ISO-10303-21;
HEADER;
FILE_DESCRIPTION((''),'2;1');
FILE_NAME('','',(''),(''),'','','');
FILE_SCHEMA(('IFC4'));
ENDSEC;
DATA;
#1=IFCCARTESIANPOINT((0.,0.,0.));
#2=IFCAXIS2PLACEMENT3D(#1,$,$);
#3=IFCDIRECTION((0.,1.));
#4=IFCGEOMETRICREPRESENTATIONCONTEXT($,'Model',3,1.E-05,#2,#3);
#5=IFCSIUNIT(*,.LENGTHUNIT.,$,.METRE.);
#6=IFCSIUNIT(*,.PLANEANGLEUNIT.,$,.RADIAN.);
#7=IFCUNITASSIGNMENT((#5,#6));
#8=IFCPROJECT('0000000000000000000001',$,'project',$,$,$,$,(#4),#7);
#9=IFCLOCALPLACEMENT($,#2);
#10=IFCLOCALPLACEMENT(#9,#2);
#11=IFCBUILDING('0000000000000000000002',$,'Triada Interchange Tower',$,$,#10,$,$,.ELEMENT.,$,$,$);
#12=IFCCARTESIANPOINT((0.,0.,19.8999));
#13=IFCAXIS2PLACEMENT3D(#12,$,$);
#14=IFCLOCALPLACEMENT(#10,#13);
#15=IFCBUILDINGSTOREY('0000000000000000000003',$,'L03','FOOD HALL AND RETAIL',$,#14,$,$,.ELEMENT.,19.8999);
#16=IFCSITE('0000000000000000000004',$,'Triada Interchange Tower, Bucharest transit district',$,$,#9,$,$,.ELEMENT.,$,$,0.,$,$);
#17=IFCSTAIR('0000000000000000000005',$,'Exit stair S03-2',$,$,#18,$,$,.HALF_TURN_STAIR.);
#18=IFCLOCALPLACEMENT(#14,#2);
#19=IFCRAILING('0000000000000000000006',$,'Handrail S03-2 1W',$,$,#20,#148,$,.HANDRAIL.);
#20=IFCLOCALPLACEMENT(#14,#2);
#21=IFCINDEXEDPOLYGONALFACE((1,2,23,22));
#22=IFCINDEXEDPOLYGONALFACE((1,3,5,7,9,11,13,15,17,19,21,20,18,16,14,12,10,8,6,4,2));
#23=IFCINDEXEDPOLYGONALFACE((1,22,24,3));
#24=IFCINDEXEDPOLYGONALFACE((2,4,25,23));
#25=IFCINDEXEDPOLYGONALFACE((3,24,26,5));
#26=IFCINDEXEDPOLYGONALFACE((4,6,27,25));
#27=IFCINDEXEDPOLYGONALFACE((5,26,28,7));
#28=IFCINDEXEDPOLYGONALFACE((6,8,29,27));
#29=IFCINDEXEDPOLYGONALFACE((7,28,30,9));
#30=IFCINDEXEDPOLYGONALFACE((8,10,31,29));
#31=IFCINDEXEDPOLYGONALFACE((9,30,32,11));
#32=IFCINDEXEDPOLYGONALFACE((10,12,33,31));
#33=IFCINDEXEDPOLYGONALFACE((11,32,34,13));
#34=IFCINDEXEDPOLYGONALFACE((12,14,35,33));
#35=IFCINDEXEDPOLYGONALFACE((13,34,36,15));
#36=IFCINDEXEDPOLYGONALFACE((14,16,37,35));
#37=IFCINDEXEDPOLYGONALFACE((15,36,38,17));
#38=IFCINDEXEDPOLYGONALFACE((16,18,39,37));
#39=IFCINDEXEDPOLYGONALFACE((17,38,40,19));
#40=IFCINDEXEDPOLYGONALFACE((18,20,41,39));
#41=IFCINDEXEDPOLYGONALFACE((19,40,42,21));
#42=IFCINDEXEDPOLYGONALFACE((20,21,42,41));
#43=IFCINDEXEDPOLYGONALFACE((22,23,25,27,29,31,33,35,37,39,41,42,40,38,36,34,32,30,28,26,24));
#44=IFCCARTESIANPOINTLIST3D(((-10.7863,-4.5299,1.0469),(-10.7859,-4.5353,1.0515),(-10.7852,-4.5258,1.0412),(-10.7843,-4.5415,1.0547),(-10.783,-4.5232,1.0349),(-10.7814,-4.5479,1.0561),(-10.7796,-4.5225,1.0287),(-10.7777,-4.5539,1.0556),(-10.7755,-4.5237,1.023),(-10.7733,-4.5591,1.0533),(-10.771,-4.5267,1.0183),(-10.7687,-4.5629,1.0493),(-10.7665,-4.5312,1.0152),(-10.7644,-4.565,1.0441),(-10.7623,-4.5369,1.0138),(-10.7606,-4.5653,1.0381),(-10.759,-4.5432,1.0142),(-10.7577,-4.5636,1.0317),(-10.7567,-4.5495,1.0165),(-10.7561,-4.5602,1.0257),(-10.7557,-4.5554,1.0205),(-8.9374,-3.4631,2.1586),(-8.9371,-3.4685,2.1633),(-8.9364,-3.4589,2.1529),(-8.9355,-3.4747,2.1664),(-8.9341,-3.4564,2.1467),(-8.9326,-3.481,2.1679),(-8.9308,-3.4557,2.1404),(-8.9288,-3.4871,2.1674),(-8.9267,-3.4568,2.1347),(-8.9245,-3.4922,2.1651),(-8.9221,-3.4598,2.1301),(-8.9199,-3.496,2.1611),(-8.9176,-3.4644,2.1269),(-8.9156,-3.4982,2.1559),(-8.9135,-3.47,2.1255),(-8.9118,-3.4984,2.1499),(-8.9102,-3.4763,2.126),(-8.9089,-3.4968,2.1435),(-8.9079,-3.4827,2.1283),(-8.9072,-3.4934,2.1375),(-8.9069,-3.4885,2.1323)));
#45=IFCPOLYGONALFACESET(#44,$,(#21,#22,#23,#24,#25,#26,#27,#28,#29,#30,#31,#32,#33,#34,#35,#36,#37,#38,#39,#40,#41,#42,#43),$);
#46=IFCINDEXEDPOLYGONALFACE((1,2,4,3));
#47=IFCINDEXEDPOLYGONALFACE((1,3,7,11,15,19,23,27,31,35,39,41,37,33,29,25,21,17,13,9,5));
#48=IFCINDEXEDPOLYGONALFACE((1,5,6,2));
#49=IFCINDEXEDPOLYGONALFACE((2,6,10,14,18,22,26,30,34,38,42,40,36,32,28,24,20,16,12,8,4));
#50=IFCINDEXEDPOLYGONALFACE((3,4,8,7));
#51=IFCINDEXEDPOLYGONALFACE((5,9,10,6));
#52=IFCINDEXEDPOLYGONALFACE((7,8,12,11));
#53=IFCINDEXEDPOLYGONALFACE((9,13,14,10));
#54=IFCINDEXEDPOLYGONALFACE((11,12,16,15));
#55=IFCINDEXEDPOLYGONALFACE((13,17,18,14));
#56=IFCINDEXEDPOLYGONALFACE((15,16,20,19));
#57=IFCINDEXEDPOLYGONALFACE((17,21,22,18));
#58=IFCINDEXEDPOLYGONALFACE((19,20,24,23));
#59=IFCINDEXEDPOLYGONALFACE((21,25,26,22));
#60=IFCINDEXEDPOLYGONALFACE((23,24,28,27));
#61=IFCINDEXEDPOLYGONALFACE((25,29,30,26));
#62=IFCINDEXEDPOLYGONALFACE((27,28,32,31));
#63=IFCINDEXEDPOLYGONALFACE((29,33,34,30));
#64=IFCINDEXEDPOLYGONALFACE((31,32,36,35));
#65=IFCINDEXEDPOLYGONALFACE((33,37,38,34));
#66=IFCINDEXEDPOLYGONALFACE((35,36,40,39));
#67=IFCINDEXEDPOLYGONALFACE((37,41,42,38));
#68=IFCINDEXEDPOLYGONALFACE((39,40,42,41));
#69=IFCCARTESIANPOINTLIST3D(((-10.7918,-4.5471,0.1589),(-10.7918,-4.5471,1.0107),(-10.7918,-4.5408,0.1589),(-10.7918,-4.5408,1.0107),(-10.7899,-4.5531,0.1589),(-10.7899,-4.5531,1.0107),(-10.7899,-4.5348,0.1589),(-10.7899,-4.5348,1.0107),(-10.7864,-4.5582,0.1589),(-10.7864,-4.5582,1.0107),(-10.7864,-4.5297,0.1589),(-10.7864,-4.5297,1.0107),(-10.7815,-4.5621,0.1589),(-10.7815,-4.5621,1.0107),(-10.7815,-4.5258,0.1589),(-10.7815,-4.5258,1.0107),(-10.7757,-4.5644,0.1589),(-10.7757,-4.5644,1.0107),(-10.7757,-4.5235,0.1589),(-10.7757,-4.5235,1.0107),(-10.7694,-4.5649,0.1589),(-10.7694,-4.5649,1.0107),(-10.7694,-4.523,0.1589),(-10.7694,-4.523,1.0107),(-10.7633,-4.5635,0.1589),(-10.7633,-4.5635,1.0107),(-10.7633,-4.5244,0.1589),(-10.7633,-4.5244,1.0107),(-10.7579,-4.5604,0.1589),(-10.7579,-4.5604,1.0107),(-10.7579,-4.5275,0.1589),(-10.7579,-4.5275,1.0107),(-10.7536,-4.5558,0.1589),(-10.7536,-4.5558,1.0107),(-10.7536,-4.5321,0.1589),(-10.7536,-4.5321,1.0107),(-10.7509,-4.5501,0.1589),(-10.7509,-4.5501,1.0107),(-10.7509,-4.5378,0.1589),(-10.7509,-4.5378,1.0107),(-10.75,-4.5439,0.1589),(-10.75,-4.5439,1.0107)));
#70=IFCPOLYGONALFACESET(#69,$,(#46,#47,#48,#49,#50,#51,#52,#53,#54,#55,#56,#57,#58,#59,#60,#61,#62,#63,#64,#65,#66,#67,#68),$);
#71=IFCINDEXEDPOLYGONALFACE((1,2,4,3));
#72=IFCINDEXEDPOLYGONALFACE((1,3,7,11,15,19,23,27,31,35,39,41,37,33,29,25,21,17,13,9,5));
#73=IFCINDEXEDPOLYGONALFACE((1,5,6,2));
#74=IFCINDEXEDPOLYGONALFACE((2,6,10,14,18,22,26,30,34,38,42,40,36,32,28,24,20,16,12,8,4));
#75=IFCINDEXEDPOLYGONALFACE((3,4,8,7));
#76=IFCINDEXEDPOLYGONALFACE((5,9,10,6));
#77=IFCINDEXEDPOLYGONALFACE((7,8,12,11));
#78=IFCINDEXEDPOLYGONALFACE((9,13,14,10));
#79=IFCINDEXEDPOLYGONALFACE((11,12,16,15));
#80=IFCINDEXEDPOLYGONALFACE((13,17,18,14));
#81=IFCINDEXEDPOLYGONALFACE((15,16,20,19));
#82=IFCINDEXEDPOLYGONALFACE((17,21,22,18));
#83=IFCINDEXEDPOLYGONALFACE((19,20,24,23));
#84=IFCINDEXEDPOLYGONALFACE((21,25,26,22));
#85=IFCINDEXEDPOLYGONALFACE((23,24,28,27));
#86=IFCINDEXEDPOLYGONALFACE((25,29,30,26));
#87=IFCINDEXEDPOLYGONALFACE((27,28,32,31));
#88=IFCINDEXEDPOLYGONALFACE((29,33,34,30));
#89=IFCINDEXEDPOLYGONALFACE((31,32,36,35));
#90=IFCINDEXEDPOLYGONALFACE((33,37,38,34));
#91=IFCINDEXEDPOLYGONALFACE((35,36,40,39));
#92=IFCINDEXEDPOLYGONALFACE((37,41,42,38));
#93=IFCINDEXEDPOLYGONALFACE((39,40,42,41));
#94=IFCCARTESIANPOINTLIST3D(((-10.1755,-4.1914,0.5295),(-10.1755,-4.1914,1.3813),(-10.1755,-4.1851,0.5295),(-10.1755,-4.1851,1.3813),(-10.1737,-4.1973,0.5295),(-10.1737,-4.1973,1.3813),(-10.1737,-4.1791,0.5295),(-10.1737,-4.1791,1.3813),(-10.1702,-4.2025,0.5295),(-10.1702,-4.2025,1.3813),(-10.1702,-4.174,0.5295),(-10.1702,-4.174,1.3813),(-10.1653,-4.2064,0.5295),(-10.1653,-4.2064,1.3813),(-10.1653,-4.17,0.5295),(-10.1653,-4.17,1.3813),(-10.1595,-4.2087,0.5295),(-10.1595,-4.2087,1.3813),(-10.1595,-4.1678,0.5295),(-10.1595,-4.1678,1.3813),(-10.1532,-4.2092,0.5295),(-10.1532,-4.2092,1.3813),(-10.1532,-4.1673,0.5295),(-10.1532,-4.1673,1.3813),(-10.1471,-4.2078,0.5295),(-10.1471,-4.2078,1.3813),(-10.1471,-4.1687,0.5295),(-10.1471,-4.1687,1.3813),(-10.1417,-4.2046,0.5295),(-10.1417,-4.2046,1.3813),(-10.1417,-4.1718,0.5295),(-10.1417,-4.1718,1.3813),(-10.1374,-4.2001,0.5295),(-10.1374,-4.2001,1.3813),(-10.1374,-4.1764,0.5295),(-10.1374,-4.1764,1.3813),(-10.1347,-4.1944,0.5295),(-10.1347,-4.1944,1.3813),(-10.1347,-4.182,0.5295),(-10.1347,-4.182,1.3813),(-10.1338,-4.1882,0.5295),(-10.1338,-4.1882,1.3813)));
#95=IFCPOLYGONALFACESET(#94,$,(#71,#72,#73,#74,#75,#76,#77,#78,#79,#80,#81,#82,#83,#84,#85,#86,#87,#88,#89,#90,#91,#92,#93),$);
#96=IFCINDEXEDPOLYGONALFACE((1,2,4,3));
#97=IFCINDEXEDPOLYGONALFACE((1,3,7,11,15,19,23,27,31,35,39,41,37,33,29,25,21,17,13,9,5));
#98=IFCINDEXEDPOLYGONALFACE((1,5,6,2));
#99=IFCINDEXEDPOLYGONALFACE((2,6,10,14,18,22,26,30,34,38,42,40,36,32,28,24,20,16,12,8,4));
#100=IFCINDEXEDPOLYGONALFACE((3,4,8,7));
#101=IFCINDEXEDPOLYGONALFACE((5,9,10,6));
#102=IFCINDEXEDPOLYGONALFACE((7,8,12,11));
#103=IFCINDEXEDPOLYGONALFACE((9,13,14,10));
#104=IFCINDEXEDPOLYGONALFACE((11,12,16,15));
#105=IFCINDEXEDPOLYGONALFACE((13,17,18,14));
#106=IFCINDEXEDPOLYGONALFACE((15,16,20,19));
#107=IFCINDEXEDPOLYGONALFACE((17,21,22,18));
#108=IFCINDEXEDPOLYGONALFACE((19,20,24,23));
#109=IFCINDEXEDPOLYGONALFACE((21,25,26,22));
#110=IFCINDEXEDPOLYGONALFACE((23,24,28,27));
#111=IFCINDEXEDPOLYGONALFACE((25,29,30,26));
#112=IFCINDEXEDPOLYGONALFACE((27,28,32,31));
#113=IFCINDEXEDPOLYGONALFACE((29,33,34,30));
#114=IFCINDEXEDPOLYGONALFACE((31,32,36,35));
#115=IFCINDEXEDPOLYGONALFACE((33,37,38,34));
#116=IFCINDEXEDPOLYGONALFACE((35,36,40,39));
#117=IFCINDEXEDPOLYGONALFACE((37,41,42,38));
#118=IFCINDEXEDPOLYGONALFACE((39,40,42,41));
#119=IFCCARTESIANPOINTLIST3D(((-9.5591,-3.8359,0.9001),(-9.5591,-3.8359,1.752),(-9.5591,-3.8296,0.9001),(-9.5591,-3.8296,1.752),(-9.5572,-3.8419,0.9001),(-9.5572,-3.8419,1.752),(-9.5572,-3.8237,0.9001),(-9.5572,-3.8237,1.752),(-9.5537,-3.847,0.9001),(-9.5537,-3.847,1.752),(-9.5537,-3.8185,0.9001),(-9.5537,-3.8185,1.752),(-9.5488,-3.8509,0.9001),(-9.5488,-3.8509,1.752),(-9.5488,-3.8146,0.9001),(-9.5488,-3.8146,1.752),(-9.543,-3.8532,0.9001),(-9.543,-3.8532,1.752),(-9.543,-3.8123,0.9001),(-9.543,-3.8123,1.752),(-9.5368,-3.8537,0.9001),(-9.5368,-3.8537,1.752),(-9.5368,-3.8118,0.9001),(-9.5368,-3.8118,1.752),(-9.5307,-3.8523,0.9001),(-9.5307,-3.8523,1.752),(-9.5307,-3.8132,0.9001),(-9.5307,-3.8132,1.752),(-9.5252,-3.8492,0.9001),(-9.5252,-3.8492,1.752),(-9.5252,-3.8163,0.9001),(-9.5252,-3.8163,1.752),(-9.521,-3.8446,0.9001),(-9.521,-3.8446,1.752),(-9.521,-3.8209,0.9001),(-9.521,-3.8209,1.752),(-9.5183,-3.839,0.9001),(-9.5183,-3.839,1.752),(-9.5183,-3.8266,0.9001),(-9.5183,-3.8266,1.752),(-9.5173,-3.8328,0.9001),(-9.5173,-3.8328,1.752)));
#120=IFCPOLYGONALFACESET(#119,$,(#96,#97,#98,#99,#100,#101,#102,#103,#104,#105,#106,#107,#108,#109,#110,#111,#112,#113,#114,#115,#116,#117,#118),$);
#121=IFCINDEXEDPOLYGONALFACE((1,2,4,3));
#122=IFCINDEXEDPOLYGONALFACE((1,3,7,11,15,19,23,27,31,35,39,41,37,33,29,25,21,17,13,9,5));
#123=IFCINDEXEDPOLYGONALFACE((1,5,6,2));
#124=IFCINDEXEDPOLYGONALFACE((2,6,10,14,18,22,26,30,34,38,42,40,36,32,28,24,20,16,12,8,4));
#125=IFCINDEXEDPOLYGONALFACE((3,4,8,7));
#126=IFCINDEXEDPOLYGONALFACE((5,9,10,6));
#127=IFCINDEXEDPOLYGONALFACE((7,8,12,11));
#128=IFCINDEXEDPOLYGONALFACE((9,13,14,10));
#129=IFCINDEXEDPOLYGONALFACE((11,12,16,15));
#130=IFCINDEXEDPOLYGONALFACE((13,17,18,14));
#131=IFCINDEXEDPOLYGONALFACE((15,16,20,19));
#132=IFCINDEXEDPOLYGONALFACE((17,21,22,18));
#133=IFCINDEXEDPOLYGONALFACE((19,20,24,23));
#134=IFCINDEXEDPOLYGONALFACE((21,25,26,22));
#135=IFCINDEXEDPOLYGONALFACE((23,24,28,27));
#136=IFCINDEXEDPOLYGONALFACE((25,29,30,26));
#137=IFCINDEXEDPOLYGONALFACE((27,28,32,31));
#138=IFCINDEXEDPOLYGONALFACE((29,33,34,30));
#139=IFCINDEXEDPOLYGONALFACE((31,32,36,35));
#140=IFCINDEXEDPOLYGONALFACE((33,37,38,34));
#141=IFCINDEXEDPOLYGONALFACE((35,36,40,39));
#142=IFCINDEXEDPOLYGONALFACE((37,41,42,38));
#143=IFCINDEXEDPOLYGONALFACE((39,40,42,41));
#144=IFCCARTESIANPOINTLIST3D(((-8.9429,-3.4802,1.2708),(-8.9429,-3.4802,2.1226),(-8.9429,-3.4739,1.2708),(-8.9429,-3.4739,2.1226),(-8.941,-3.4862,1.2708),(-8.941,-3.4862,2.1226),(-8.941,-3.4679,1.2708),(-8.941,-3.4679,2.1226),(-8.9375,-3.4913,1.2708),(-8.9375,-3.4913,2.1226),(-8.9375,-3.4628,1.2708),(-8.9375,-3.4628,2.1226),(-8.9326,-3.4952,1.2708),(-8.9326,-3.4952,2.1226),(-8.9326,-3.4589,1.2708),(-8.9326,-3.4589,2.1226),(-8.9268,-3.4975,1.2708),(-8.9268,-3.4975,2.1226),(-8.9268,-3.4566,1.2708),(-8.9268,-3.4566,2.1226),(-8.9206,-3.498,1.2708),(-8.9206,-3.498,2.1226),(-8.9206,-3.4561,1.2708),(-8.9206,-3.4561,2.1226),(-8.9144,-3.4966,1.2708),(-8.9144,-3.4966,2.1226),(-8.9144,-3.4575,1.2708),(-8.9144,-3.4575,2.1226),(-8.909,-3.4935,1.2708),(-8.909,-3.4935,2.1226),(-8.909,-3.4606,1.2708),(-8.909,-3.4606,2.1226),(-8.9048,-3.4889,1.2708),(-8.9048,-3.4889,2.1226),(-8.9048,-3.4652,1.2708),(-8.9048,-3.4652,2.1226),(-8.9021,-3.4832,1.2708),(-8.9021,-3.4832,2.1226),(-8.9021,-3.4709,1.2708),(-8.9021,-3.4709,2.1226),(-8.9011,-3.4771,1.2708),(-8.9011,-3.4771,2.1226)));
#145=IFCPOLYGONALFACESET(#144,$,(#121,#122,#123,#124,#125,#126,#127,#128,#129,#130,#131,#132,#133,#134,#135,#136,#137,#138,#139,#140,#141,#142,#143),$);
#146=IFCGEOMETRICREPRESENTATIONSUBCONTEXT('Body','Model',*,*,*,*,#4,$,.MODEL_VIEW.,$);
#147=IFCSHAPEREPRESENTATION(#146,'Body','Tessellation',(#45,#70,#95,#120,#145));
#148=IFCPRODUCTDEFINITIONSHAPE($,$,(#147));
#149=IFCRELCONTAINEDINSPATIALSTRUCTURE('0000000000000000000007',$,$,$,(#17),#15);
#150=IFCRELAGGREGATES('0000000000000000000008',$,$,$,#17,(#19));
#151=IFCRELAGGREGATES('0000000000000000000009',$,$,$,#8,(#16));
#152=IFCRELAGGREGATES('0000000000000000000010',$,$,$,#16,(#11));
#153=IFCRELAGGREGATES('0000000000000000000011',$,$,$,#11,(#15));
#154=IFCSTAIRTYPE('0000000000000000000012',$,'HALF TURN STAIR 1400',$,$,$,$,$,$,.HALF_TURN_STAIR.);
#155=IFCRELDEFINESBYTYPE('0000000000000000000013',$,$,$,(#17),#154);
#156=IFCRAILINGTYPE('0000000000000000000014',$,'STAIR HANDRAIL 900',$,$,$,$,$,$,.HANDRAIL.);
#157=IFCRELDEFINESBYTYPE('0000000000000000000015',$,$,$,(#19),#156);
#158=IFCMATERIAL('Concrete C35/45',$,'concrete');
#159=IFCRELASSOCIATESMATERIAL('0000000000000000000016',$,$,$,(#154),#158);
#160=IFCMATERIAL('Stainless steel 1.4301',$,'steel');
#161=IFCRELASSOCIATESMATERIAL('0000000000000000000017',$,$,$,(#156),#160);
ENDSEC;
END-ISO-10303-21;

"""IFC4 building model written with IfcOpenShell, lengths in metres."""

from ifc_helpers import new_model, si_unit, direction, frame, origin, origin_2d, place, context, subcontext, project, spatial, circle, extrude, material, type_object, element, aggregate, save


model = new_model("IFC4")

# Units and contexts
model_context = context("Model", 3, precision=1e-05, world=origin(), true_north=direction((0.0, 1.0)))
body_context = subcontext(model_context, "Body", "Model", "MODEL_VIEW")
ifc_project = project(units=[si_unit("LENGTHUNIT", "METRE"), si_unit("PLANEANGLEUNIT", "RADIAN")], contexts=[model_context])

# Site, building, storey
site_placement = place(None, origin())
site = spatial("IfcSite", under=ifc_project, at=site_placement, Name="Triada Interchange Tower, Bucharest transit district", CompositionType="ELEMENT", RefElevation=0.0)
building_placement = place(site_placement, origin())
building = spatial("IfcBuilding", under=site, at=building_placement, Name="Triada Interchange Tower", CompositionType="ELEMENT")
storey_placement = place(building_placement, frame((0.0, 0.0, 19.8999)))
storey = spatial("IfcBuildingStorey", under=building, at=storey_placement, Name="L03", Description="FOOD HALL AND RETAIL", CompositionType="ELEMENT", Elevation=19.8999)

# Shared definitions
ifc_material_1 = material(Name="Concrete C35/45", Category="concrete")

# Stair, railing
stair_type = type_object("IfcStairType", Name="HALF TURN STAIR 1400", PredefinedType="HALF_TURN_STAIR", material=ifc_material_1)
stair_placement = place(storey_placement, origin())
stair = element("IfcStair", 1, at=stair_placement, inside=storey, type_object=stair_type, Name="Exit stair S03-2", PredefinedType="HALF_TURN_STAIR")
ifc_material_2 = material(Name="Stainless steel 1.4301", Category="steel")
railing_type = type_object("IfcRailingType", Name="STAIR HANDRAIL 900", PredefinedType="HANDRAIL", material=ifc_material_2)
railing_1_placement = place(storey_placement, frame((-10.771, -4.5439, 0.1589)))
railing_1 = element("IfcRailing", 2, at=railing_1_placement, type_object=railing_type, Name="Handrail S03-2 1W", PredefinedType="HANDRAIL", context=body_context, shape_type="SweptSolid", body=[
    extrude(circle(Radius=0.0239, at=origin_2d()), frame((0.0, 0.0, 0.876), z_axis=(0.768185, 0.443281, 0.461946), x_axis=(-0.499805, 0.866138, 0.0)), (0.0, 0.0, 1.0), 2.4067),
    extrude(circle(Radius=0.021, at=origin_2d()), origin(), (0.0, 0.0, 1.0), 0.8518),
    extrude(circle(Radius=0.021, at=origin_2d()), frame((0.6162, 0.3557, 0.3706)), (0.0, 0.0, 1.0), 0.8518),
    extrude(circle(Radius=0.021, at=origin_2d()), frame((1.2327, 0.7112, 0.7412)), (0.0, 0.0, 1.0), 0.8518),
    extrude(circle(Radius=0.021, at=origin_2d()), frame((1.8489, 1.0669, 1.1118)), (0.0, 0.0, 1.0), 0.8518),
])
aggregate(stair, [railing_1])

save(model, "model.ifc")
